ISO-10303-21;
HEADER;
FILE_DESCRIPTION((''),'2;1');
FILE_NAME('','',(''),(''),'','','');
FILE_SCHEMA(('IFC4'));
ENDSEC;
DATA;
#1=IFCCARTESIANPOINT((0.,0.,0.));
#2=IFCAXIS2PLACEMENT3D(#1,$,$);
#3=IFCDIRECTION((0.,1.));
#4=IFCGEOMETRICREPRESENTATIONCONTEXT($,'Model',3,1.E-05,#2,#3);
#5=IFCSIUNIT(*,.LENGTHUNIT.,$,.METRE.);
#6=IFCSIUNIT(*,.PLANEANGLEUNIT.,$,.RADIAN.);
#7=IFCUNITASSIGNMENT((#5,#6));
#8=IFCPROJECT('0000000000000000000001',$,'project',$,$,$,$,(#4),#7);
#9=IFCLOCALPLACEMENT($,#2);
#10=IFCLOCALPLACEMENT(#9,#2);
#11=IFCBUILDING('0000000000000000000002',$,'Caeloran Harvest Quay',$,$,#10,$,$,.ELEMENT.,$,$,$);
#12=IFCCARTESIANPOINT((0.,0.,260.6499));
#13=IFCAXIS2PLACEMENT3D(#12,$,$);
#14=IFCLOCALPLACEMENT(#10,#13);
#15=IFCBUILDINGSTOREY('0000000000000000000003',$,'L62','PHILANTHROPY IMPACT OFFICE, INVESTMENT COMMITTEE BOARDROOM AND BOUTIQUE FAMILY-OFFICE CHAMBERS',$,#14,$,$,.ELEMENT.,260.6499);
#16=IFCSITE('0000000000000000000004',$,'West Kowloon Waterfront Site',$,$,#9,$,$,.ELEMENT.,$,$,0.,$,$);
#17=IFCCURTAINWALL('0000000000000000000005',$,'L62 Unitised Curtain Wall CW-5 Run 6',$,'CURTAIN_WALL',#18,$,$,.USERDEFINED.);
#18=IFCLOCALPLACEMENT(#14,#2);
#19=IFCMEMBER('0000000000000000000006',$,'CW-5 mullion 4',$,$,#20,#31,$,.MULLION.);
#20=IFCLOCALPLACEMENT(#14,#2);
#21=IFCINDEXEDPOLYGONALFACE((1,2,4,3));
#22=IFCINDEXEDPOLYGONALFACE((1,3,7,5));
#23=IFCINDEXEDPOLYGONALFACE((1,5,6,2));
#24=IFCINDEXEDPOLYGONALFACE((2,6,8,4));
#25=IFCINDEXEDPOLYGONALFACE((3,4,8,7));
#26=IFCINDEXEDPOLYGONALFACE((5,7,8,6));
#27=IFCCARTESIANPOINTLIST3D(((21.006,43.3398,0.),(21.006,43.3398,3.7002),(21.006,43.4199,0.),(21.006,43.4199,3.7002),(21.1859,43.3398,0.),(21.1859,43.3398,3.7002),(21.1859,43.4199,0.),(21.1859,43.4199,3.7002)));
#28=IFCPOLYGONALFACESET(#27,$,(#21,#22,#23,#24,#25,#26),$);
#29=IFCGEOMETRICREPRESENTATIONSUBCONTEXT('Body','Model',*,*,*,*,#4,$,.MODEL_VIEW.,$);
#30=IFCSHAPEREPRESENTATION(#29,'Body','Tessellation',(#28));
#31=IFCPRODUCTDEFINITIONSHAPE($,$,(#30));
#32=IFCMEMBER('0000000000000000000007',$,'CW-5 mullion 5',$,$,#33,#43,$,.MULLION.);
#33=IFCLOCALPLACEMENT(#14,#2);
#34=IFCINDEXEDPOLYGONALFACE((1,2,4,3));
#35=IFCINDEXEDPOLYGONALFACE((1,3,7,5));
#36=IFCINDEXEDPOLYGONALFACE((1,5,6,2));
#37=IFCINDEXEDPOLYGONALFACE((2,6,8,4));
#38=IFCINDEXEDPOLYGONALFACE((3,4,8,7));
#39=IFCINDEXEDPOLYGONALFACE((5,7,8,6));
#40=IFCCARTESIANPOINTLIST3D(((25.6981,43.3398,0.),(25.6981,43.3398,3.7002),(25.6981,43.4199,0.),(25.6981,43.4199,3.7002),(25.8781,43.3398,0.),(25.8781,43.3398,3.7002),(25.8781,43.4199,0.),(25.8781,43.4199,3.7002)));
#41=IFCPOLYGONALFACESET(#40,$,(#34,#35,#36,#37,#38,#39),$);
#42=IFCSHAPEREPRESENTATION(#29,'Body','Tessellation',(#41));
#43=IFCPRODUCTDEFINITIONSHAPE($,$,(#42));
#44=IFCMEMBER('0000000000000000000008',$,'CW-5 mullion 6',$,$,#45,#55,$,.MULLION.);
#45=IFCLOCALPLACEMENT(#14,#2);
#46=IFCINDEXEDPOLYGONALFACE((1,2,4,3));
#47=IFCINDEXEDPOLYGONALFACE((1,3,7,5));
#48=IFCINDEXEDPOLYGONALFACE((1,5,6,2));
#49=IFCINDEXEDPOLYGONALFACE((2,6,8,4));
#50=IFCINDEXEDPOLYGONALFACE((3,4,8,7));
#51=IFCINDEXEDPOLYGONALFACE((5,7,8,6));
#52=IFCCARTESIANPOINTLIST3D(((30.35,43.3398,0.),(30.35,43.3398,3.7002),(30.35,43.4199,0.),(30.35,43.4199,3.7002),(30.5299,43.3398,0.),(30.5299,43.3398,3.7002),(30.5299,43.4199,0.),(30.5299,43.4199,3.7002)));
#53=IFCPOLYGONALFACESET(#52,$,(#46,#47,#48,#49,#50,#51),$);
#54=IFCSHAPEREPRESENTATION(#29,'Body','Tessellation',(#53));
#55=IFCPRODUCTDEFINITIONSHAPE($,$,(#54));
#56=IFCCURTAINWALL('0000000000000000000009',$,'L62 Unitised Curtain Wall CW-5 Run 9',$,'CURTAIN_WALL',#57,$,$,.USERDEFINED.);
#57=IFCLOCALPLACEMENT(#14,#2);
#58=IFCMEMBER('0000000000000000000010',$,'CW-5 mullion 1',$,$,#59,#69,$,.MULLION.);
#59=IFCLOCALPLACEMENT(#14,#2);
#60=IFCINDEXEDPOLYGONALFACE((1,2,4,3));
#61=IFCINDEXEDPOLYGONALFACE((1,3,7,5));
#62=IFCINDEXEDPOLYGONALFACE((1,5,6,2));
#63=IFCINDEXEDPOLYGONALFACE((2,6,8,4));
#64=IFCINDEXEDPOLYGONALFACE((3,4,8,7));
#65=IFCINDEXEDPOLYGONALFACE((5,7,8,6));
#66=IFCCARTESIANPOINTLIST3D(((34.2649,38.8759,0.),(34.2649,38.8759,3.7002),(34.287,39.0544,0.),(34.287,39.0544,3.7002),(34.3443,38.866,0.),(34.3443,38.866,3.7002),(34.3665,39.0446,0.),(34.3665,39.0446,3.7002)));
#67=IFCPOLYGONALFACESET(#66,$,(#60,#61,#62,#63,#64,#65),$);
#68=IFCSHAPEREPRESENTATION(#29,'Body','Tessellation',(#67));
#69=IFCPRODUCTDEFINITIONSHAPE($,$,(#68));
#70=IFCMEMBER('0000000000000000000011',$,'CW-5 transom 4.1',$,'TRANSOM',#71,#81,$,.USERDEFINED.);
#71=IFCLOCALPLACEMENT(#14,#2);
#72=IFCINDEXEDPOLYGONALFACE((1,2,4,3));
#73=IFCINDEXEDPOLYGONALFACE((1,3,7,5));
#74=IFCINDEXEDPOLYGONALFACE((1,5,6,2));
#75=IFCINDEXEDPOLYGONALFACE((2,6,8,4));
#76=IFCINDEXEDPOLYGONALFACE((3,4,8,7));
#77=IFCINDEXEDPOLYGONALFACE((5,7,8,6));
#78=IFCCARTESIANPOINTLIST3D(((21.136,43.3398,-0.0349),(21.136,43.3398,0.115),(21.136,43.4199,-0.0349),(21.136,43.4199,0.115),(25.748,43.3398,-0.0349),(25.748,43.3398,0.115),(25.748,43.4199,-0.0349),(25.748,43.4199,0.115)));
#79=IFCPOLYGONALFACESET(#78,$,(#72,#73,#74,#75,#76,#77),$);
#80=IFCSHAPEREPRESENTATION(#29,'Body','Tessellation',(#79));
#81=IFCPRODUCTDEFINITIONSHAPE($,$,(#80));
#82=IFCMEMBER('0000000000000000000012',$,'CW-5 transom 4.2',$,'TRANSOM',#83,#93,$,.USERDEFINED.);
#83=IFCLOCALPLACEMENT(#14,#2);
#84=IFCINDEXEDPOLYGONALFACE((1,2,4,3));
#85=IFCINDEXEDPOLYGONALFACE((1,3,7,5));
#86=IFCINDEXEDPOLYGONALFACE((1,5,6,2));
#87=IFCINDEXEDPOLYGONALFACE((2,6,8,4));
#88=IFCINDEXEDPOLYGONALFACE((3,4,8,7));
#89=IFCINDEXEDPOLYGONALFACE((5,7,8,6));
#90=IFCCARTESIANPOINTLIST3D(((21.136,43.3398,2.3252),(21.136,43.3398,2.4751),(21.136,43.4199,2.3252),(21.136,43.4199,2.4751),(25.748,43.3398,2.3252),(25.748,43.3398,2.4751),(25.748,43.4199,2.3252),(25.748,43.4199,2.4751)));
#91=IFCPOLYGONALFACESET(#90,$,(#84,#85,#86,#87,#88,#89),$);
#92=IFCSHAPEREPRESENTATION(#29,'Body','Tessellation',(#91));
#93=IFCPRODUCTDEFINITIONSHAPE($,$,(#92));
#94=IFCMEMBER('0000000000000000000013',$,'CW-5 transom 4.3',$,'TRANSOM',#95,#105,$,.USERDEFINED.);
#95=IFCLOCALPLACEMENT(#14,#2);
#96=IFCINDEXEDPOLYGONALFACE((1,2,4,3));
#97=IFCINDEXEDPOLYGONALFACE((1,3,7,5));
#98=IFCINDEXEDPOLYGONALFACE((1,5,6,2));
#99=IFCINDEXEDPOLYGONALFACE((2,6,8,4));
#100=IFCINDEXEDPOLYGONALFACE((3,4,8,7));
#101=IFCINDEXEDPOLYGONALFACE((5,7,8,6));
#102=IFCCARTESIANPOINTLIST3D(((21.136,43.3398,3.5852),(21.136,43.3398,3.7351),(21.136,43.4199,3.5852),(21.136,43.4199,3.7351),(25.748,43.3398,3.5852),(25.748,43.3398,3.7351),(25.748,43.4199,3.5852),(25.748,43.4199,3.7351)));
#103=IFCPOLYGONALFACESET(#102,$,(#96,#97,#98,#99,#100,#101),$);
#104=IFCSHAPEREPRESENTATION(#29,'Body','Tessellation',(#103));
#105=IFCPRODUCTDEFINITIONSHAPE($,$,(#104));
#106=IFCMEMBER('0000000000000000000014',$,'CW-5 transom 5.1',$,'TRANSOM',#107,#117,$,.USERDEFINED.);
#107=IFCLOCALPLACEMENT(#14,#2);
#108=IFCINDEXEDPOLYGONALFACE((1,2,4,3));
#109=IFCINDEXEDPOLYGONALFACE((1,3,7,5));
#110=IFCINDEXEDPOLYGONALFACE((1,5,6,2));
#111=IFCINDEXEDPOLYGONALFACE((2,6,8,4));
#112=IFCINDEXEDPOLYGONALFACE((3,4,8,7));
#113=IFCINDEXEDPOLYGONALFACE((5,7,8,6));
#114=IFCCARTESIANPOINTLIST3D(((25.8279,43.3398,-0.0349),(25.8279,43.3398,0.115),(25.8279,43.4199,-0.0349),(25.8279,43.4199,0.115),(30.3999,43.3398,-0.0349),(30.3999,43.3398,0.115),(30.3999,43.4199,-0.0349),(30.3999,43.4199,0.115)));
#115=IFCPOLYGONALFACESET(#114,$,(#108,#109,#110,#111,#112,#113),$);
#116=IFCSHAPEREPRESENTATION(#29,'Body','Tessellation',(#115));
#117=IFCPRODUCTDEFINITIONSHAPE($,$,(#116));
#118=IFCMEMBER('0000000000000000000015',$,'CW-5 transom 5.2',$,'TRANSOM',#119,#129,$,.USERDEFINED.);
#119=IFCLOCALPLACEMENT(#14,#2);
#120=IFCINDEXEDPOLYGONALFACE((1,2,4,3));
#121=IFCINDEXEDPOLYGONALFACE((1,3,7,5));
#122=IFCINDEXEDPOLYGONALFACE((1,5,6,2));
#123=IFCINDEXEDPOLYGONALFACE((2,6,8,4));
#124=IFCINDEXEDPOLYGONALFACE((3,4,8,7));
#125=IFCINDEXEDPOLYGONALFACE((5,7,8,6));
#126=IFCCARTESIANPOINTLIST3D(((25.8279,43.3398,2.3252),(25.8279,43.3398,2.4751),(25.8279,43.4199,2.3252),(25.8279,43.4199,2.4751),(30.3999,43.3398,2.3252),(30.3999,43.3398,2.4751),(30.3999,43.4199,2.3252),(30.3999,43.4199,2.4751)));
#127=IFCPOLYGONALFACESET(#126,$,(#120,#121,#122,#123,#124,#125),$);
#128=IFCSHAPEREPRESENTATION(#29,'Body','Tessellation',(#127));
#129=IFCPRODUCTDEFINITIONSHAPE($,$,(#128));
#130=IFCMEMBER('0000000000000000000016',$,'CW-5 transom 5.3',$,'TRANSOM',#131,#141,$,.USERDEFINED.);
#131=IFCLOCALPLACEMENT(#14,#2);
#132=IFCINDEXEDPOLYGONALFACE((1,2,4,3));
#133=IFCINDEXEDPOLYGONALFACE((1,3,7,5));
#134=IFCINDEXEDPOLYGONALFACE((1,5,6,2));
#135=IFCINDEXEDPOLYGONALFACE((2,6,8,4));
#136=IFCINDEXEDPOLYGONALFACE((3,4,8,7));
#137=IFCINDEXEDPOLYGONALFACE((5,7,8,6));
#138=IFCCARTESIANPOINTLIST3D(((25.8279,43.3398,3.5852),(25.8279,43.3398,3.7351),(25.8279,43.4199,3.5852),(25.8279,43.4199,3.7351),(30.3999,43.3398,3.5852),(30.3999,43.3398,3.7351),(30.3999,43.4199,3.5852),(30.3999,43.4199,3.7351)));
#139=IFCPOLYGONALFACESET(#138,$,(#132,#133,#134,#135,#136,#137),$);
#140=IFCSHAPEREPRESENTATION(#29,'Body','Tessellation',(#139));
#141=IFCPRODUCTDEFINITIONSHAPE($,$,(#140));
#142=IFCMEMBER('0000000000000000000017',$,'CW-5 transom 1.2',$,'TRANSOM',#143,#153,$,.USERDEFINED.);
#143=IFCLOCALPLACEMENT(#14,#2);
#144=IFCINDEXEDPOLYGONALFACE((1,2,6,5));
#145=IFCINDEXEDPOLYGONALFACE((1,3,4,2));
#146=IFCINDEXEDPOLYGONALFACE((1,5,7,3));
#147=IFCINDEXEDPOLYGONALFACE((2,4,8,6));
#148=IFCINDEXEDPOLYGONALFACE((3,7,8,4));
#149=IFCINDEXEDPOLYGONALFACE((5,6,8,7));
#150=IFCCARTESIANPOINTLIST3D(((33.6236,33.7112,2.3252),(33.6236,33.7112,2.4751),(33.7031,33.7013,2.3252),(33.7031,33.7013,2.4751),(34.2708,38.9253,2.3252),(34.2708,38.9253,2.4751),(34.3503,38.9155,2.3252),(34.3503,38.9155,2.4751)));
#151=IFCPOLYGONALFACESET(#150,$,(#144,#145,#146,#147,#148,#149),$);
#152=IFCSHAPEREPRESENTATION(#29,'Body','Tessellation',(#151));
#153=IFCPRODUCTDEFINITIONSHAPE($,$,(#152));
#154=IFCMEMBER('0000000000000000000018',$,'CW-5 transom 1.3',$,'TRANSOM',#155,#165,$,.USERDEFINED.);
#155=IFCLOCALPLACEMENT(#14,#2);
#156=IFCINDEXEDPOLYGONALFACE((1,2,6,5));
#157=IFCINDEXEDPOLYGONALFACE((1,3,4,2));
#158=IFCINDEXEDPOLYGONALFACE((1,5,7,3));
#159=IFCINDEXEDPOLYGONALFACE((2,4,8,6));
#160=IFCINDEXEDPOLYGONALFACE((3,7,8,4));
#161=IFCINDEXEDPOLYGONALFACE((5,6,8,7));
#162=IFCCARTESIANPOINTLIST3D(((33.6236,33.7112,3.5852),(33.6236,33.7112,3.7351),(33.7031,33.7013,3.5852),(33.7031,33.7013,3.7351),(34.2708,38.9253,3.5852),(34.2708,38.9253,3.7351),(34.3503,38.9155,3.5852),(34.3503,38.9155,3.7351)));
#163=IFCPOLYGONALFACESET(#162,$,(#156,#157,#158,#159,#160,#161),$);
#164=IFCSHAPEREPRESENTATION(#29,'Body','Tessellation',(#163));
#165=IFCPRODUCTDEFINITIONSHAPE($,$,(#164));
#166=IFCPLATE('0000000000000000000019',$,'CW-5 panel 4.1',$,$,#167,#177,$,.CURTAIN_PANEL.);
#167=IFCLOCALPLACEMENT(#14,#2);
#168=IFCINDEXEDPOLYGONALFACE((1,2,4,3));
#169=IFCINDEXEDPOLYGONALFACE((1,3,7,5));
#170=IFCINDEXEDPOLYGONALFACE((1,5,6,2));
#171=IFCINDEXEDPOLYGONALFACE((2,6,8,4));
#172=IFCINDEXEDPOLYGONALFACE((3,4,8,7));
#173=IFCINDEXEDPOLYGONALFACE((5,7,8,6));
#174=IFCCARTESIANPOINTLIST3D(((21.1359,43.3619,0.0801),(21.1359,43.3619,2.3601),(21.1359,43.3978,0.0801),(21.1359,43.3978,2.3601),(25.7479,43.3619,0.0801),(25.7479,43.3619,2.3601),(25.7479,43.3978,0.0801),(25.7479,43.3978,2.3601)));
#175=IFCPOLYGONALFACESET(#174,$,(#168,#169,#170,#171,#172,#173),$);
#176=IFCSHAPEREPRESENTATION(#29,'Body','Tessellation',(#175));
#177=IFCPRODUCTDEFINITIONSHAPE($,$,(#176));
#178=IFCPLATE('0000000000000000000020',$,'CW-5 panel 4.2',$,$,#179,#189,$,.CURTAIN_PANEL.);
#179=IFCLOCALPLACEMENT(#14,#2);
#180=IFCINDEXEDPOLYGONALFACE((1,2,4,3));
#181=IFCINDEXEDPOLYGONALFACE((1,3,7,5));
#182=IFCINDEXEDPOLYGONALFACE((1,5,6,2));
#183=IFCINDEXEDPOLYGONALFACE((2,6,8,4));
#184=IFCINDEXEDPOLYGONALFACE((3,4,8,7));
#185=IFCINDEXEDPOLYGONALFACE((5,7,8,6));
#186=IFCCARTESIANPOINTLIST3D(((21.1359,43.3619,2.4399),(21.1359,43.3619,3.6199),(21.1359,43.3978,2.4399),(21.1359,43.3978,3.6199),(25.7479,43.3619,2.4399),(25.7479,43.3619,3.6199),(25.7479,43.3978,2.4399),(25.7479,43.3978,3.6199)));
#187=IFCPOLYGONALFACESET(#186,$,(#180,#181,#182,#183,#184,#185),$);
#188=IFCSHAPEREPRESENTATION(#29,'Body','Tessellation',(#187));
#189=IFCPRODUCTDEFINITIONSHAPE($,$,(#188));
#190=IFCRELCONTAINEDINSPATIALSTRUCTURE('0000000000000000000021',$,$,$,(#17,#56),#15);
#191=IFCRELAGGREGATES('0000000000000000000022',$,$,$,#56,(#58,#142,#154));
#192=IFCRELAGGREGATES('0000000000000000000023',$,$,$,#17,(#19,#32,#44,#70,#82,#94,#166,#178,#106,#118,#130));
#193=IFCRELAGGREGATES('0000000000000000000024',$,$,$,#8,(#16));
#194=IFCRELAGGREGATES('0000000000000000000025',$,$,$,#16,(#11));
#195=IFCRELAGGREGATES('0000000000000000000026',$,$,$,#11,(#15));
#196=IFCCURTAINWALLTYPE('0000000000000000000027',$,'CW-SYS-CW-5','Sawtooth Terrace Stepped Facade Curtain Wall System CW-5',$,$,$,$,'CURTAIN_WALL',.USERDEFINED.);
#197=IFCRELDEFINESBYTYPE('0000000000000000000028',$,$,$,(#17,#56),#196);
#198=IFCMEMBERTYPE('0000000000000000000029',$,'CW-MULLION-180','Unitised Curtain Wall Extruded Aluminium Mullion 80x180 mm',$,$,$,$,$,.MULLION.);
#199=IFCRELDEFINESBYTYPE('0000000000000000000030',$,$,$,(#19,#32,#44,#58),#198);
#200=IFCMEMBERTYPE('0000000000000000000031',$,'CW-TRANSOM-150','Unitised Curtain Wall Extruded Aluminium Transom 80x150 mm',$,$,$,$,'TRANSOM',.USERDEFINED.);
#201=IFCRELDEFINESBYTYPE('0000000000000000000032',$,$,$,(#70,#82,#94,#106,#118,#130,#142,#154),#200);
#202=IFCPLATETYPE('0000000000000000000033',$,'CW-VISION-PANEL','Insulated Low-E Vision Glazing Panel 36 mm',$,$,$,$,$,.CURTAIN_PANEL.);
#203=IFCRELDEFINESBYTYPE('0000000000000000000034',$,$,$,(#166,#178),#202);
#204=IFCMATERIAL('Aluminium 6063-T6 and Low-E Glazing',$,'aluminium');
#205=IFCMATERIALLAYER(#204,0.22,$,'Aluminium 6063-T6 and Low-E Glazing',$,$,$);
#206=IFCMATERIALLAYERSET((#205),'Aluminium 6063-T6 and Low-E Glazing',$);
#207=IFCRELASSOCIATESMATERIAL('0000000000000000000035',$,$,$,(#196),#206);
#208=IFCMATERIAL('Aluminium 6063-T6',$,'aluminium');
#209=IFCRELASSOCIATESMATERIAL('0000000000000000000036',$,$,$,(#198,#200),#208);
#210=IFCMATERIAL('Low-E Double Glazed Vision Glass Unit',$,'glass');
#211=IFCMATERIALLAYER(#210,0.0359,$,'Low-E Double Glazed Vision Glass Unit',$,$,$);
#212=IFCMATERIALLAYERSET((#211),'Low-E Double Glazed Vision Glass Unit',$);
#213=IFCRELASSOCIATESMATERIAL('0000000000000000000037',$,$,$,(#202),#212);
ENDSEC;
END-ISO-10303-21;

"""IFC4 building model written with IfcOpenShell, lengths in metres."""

from ifc_helpers import new_model, si_unit, direction, frame, origin, origin_2d, place, context, subcontext, project, spatial, rectangle, extrude, material, layer, layer_set, material_profile, profile_set, type_object, element, aggregate, save


model = new_model("IFC4")

# Units and contexts
model_context = context("Model", 3, precision=1e-05, world=origin(), true_north=direction((0.0, 1.0)))
body_context = subcontext(model_context, "Body", "Model", "MODEL_VIEW")
ifc_project = project(units=[si_unit("LENGTHUNIT", "METRE"), si_unit("PLANEANGLEUNIT", "RADIAN")], contexts=[model_context])

# Site, building, storey
site_placement = place(None, origin())
site = spatial("IfcSite", under=ifc_project, at=site_placement, Name="West Kowloon Waterfront Site", CompositionType="ELEMENT", RefElevation=0.0)
building_placement = place(site_placement, origin())
building = spatial("IfcBuilding", under=site, at=building_placement, Name="Caeloran Harvest Quay", CompositionType="ELEMENT")
storey_placement = place(building_placement, frame((0.0, 0.0, 260.6499)))
storey = spatial("IfcBuildingStorey", under=building, at=storey_placement, Name="L62", Description="PHILANTHROPY IMPACT OFFICE, INVESTMENT COMMITTEE BOARDROOM AND BOUTIQUE FAMILY-OFFICE CHAMBERS", CompositionType="ELEMENT", Elevation=260.6499)

# Curtain wall, members
ifc_material_1 = material(Name="Aluminium 6063-T6 and Low-E Glazing", Category="aluminium")
ifc_layer_1 = layer(ifc_material_1, 0.22, Name="Aluminium 6063-T6 and Low-E Glazing")
ifc_layer_set_1 = layer_set([ifc_layer_1], Name="Aluminium 6063-T6 and Low-E Glazing")
curtain_wall_type = type_object("IfcCurtainWallType", Name="CW-SYS-CW-5", Description="Sawtooth Terrace Stepped Facade Curtain Wall System CW-5", ElementType="CURTAIN_WALL", PredefinedType="USERDEFINED", material=ifc_layer_set_1)
curtain_wall_1_placement = place(storey_placement, origin())
curtain_wall_1 = element("IfcCurtainWall", 1, at=curtain_wall_1_placement, inside=storey, type_object=curtain_wall_type, Name="L62 Unitised Curtain Wall CW-5 Run 6", ObjectType="CURTAIN_WALL", PredefinedType="USERDEFINED")
ifc_material_2 = material(Name="Aluminium 6063-T6", Category="aluminium")
ifc_material_profile_1 = material_profile(ifc_material_2, rectangle(XDim=0.0801, YDim=0.1799, at=origin_2d()), Name="CW-MULLION-180")
ifc_profile_set_1 = profile_set([ifc_material_profile_1], Name="Aluminium 6063-T6")
member_type_1 = type_object("IfcMemberType", Name="CW-MULLION-180", Description="Unitised Curtain Wall Extruded Aluminium Mullion 80x180 mm", PredefinedType="MULLION", material=ifc_profile_set_1)
member_1_placement = place(storey_placement, frame((21.0959, 43.3799, 0.0), z_axis=(0.0, 0.0, 1.0), x_axis=(0.0, 1.0, 0.0)))
member_1 = element("IfcMember", 2, at=member_1_placement, type_object=member_type_1, Name="CW-5 mullion 4", PredefinedType="MULLION", context=body_context, shape_type="SweptSolid", body=[
    extrude(rectangle(XDim=0.0801, YDim=0.1799, at=origin_2d()), origin(), (0.0, 0.0, 1.0), 3.7002),
])
member_2_placement = place(storey_placement, frame((25.7881, 43.3799, 0.0), z_axis=(0.0, 0.0, 1.0), x_axis=(0.0, 1.0, 0.0)))
member_2 = element("IfcMember", 3, at=member_2_placement, type_object=member_type_1, Name="CW-5 mullion 5", PredefinedType="MULLION", context=body_context, shape_type="SweptSolid", body=[
    extrude(rectangle(XDim=0.0801, YDim=0.1799, at=origin_2d()), origin(), (0.0, 0.0, 1.0), 3.7002),
])
member_3_placement = place(storey_placement, frame((30.4399, 43.3799, 0.0), z_axis=(0.0, 0.0, 1.0), x_axis=(0.0, 1.0, 0.0)))
member_3 = element("IfcMember", 4, at=member_3_placement, type_object=member_type_1, Name="CW-5 mullion 6", PredefinedType="MULLION", context=body_context, shape_type="SweptSolid", body=[
    extrude(rectangle(XDim=0.0801, YDim=0.1799, at=origin_2d()), origin(), (0.0, 0.0, 1.0), 3.7002),
])

# Curtain wall, member
curtain_wall_2_placement = place(storey_placement, origin())
curtain_wall_2 = element("IfcCurtainWall", 5, at=curtain_wall_2_placement, inside=storey, type_object=curtain_wall_type, Name="L62 Unitised Curtain Wall CW-5 Run 9", ObjectType="CURTAIN_WALL", PredefinedType="USERDEFINED")
member_4_placement = place(storey_placement, frame((34.3157, 38.9602, 0.0), z_axis=(0.0, 0.0, 1.0), x_axis=(0.992383, -0.12319, 0.0)))
member_4 = element("IfcMember", 6, at=member_4_placement, type_object=member_type_1, Name="CW-5 mullion 1", PredefinedType="MULLION", context=body_context, shape_type="SweptSolid", body=[
    extrude(rectangle(XDim=0.0801, YDim=0.1799, at=origin_2d()), origin(), (0.0, 0.0, 1.0), 3.7002),
])

# Members
ifc_material_profile_2 = material_profile(ifc_material_2, rectangle(XDim=0.0801, YDim=0.1499, at=origin_2d()), Name="CW-TRANSOM-150")
ifc_profile_set_2 = profile_set([ifc_material_profile_2], Name="Aluminium 6063-T6")
member_type_2 = type_object("IfcMemberType", Name="CW-TRANSOM-150", Description="Unitised Curtain Wall Extruded Aluminium Transom 80x150 mm", ElementType="TRANSOM", PredefinedType="USERDEFINED", material=ifc_profile_set_2)
member_5_placement = place(storey_placement, frame((21.136, 43.3799, 0.04), z_axis=(1.0, 0.0, 0.0), x_axis=(0.0, 1.0, 0.0)))
member_5 = element("IfcMember", 7, at=member_5_placement, type_object=member_type_2, Name="CW-5 transom 4.1", ObjectType="TRANSOM", PredefinedType="USERDEFINED", context=body_context, shape_type="SweptSolid", body=[
    extrude(rectangle(XDim=0.0801, YDim=0.1499, at=origin_2d()), origin(), (0.0, 0.0, 1.0), 4.6121),
])
member_6_placement = place(storey_placement, frame((21.136, 43.3799, 2.4001), z_axis=(1.0, 0.0, 0.0), x_axis=(0.0, 1.0, 0.0)))
member_6 = element("IfcMember", 8, at=member_6_placement, type_object=member_type_2, Name="CW-5 transom 4.2", ObjectType="TRANSOM", PredefinedType="USERDEFINED", context=body_context, shape_type="SweptSolid", body=[
    extrude(rectangle(XDim=0.0801, YDim=0.1499, at=origin_2d()), origin(), (0.0, 0.0, 1.0), 4.6121),
])
member_7_placement = place(storey_placement, frame((21.136, 43.3799, 3.6602), z_axis=(1.0, 0.0, 0.0), x_axis=(0.0, 1.0, 0.0)))
member_7 = element("IfcMember", 9, at=member_7_placement, type_object=member_type_2, Name="CW-5 transom 4.3", ObjectType="TRANSOM", PredefinedType="USERDEFINED", context=body_context, shape_type="SweptSolid", body=[
    extrude(rectangle(XDim=0.0801, YDim=0.1499, at=origin_2d()), origin(), (0.0, 0.0, 1.0), 4.6121),
])
member_8_placement = place(storey_placement, frame((25.8279, 43.3799, 0.04), z_axis=(1.0, 0.0, 0.0), x_axis=(0.0, 1.0, 0.0)))
member_8 = element("IfcMember", 10, at=member_8_placement, type_object=member_type_2, Name="CW-5 transom 5.1", ObjectType="TRANSOM", PredefinedType="USERDEFINED", context=body_context, shape_type="SweptSolid", body=[
    extrude(rectangle(XDim=0.0801, YDim=0.1499, at=origin_2d()), origin(), (0.0, 0.0, 1.0), 4.572),
])
member_9_placement = place(storey_placement, frame((25.8279, 43.3799, 2.4001), z_axis=(1.0, 0.0, 0.0), x_axis=(0.0, 1.0, 0.0)))
member_9 = element("IfcMember", 11, at=member_9_placement, type_object=member_type_2, Name="CW-5 transom 5.2", ObjectType="TRANSOM", PredefinedType="USERDEFINED", context=body_context, shape_type="SweptSolid", body=[
    extrude(rectangle(XDim=0.0801, YDim=0.1499, at=origin_2d()), origin(), (0.0, 0.0, 1.0), 4.572),
])
member_10_placement = place(storey_placement, frame((25.8279, 43.3799, 3.6602), z_axis=(1.0, 0.0, 0.0), x_axis=(0.0, 1.0, 0.0)))
member_10 = element("IfcMember", 12, at=member_10_placement, type_object=member_type_2, Name="CW-5 transom 5.3", ObjectType="TRANSOM", PredefinedType="USERDEFINED", context=body_context, shape_type="SweptSolid", body=[
    extrude(rectangle(XDim=0.0801, YDim=0.1499, at=origin_2d()), origin(), (0.0, 0.0, 1.0), 4.572),
])
member_11_placement = place(storey_placement, frame((34.3105, 38.9204, 2.4001), z_axis=(-0.123183, -0.992384, 0.0), x_axis=(0.992384, -0.123183, 0.0)))
member_11 = element("IfcMember", 13, at=member_11_placement, type_object=member_type_2, Name="CW-5 transom 1.2", ObjectType="TRANSOM", PredefinedType="USERDEFINED", context=body_context, shape_type="SweptSolid", body=[
    extrude(rectangle(XDim=0.0801, YDim=0.1499, at=origin_2d()), origin(), (0.0, 0.0, 1.0), 5.2542),
])
member_12_placement = place(storey_placement, frame((34.3105, 38.9204, 3.6602), z_axis=(-0.123183, -0.992384, 0.0), x_axis=(0.992384, -0.123183, 0.0)))
member_12 = element("IfcMember", 14, at=member_12_placement, type_object=member_type_2, Name="CW-5 transom 1.3", ObjectType="TRANSOM", PredefinedType="USERDEFINED", context=body_context, shape_type="SweptSolid", body=[
    extrude(rectangle(XDim=0.0801, YDim=0.1499, at=origin_2d()), origin(), (0.0, 0.0, 1.0), 5.2542),
])
aggregate(curtain_wall_2, [member_4, member_11, member_12])

# Plates
ifc_material_3 = material(Name="Low-E Double Glazed Vision Glass Unit", Category="glass")
ifc_layer_2 = layer(ifc_material_3, 0.0359, Name="Low-E Double Glazed Vision Glass Unit")
ifc_layer_set_2 = layer_set([ifc_layer_2], Name="Low-E Double Glazed Vision Glass Unit")
plate_type = type_object("IfcPlateType", Name="CW-VISION-PANEL", Description="Insulated Low-E Vision Glazing Panel 36 mm", PredefinedType="CURTAIN_PANEL", material=ifc_layer_set_2)
plate_1_placement = place(storey_placement, frame((23.4419, 43.3799, 0.0801), z_axis=(0.0, 0.0, 1.0), x_axis=(1.0, 0.0, 0.0)))
plate_1 = element("IfcPlate", 15, at=plate_1_placement, type_object=plate_type, Name="CW-5 panel 4.1", PredefinedType="CURTAIN_PANEL", context=body_context, shape_type="SweptSolid", body=[
    extrude(rectangle(XDim=4.6121, YDim=0.0359, at=origin_2d()), origin(), (0.0, 0.0, 1.0), 2.28),
])
plate_2_placement = place(storey_placement, frame((23.4419, 43.3799, 2.4399), z_axis=(0.0, 0.0, 1.0), x_axis=(1.0, 0.0, 0.0)))
plate_2 = element("IfcPlate", 16, at=plate_2_placement, type_object=plate_type, Name="CW-5 panel 4.2", PredefinedType="CURTAIN_PANEL", context=body_context, shape_type="SweptSolid", body=[
    extrude(rectangle(XDim=4.6121, YDim=0.0359, at=origin_2d()), origin(), (0.0, 0.0, 1.0), 1.1799),
])
aggregate(curtain_wall_1, [member_1, member_2, member_3, member_5, member_6, member_7, plate_1, plate_2, member_8, member_9, member_10])

save(model, "model.ifc")
